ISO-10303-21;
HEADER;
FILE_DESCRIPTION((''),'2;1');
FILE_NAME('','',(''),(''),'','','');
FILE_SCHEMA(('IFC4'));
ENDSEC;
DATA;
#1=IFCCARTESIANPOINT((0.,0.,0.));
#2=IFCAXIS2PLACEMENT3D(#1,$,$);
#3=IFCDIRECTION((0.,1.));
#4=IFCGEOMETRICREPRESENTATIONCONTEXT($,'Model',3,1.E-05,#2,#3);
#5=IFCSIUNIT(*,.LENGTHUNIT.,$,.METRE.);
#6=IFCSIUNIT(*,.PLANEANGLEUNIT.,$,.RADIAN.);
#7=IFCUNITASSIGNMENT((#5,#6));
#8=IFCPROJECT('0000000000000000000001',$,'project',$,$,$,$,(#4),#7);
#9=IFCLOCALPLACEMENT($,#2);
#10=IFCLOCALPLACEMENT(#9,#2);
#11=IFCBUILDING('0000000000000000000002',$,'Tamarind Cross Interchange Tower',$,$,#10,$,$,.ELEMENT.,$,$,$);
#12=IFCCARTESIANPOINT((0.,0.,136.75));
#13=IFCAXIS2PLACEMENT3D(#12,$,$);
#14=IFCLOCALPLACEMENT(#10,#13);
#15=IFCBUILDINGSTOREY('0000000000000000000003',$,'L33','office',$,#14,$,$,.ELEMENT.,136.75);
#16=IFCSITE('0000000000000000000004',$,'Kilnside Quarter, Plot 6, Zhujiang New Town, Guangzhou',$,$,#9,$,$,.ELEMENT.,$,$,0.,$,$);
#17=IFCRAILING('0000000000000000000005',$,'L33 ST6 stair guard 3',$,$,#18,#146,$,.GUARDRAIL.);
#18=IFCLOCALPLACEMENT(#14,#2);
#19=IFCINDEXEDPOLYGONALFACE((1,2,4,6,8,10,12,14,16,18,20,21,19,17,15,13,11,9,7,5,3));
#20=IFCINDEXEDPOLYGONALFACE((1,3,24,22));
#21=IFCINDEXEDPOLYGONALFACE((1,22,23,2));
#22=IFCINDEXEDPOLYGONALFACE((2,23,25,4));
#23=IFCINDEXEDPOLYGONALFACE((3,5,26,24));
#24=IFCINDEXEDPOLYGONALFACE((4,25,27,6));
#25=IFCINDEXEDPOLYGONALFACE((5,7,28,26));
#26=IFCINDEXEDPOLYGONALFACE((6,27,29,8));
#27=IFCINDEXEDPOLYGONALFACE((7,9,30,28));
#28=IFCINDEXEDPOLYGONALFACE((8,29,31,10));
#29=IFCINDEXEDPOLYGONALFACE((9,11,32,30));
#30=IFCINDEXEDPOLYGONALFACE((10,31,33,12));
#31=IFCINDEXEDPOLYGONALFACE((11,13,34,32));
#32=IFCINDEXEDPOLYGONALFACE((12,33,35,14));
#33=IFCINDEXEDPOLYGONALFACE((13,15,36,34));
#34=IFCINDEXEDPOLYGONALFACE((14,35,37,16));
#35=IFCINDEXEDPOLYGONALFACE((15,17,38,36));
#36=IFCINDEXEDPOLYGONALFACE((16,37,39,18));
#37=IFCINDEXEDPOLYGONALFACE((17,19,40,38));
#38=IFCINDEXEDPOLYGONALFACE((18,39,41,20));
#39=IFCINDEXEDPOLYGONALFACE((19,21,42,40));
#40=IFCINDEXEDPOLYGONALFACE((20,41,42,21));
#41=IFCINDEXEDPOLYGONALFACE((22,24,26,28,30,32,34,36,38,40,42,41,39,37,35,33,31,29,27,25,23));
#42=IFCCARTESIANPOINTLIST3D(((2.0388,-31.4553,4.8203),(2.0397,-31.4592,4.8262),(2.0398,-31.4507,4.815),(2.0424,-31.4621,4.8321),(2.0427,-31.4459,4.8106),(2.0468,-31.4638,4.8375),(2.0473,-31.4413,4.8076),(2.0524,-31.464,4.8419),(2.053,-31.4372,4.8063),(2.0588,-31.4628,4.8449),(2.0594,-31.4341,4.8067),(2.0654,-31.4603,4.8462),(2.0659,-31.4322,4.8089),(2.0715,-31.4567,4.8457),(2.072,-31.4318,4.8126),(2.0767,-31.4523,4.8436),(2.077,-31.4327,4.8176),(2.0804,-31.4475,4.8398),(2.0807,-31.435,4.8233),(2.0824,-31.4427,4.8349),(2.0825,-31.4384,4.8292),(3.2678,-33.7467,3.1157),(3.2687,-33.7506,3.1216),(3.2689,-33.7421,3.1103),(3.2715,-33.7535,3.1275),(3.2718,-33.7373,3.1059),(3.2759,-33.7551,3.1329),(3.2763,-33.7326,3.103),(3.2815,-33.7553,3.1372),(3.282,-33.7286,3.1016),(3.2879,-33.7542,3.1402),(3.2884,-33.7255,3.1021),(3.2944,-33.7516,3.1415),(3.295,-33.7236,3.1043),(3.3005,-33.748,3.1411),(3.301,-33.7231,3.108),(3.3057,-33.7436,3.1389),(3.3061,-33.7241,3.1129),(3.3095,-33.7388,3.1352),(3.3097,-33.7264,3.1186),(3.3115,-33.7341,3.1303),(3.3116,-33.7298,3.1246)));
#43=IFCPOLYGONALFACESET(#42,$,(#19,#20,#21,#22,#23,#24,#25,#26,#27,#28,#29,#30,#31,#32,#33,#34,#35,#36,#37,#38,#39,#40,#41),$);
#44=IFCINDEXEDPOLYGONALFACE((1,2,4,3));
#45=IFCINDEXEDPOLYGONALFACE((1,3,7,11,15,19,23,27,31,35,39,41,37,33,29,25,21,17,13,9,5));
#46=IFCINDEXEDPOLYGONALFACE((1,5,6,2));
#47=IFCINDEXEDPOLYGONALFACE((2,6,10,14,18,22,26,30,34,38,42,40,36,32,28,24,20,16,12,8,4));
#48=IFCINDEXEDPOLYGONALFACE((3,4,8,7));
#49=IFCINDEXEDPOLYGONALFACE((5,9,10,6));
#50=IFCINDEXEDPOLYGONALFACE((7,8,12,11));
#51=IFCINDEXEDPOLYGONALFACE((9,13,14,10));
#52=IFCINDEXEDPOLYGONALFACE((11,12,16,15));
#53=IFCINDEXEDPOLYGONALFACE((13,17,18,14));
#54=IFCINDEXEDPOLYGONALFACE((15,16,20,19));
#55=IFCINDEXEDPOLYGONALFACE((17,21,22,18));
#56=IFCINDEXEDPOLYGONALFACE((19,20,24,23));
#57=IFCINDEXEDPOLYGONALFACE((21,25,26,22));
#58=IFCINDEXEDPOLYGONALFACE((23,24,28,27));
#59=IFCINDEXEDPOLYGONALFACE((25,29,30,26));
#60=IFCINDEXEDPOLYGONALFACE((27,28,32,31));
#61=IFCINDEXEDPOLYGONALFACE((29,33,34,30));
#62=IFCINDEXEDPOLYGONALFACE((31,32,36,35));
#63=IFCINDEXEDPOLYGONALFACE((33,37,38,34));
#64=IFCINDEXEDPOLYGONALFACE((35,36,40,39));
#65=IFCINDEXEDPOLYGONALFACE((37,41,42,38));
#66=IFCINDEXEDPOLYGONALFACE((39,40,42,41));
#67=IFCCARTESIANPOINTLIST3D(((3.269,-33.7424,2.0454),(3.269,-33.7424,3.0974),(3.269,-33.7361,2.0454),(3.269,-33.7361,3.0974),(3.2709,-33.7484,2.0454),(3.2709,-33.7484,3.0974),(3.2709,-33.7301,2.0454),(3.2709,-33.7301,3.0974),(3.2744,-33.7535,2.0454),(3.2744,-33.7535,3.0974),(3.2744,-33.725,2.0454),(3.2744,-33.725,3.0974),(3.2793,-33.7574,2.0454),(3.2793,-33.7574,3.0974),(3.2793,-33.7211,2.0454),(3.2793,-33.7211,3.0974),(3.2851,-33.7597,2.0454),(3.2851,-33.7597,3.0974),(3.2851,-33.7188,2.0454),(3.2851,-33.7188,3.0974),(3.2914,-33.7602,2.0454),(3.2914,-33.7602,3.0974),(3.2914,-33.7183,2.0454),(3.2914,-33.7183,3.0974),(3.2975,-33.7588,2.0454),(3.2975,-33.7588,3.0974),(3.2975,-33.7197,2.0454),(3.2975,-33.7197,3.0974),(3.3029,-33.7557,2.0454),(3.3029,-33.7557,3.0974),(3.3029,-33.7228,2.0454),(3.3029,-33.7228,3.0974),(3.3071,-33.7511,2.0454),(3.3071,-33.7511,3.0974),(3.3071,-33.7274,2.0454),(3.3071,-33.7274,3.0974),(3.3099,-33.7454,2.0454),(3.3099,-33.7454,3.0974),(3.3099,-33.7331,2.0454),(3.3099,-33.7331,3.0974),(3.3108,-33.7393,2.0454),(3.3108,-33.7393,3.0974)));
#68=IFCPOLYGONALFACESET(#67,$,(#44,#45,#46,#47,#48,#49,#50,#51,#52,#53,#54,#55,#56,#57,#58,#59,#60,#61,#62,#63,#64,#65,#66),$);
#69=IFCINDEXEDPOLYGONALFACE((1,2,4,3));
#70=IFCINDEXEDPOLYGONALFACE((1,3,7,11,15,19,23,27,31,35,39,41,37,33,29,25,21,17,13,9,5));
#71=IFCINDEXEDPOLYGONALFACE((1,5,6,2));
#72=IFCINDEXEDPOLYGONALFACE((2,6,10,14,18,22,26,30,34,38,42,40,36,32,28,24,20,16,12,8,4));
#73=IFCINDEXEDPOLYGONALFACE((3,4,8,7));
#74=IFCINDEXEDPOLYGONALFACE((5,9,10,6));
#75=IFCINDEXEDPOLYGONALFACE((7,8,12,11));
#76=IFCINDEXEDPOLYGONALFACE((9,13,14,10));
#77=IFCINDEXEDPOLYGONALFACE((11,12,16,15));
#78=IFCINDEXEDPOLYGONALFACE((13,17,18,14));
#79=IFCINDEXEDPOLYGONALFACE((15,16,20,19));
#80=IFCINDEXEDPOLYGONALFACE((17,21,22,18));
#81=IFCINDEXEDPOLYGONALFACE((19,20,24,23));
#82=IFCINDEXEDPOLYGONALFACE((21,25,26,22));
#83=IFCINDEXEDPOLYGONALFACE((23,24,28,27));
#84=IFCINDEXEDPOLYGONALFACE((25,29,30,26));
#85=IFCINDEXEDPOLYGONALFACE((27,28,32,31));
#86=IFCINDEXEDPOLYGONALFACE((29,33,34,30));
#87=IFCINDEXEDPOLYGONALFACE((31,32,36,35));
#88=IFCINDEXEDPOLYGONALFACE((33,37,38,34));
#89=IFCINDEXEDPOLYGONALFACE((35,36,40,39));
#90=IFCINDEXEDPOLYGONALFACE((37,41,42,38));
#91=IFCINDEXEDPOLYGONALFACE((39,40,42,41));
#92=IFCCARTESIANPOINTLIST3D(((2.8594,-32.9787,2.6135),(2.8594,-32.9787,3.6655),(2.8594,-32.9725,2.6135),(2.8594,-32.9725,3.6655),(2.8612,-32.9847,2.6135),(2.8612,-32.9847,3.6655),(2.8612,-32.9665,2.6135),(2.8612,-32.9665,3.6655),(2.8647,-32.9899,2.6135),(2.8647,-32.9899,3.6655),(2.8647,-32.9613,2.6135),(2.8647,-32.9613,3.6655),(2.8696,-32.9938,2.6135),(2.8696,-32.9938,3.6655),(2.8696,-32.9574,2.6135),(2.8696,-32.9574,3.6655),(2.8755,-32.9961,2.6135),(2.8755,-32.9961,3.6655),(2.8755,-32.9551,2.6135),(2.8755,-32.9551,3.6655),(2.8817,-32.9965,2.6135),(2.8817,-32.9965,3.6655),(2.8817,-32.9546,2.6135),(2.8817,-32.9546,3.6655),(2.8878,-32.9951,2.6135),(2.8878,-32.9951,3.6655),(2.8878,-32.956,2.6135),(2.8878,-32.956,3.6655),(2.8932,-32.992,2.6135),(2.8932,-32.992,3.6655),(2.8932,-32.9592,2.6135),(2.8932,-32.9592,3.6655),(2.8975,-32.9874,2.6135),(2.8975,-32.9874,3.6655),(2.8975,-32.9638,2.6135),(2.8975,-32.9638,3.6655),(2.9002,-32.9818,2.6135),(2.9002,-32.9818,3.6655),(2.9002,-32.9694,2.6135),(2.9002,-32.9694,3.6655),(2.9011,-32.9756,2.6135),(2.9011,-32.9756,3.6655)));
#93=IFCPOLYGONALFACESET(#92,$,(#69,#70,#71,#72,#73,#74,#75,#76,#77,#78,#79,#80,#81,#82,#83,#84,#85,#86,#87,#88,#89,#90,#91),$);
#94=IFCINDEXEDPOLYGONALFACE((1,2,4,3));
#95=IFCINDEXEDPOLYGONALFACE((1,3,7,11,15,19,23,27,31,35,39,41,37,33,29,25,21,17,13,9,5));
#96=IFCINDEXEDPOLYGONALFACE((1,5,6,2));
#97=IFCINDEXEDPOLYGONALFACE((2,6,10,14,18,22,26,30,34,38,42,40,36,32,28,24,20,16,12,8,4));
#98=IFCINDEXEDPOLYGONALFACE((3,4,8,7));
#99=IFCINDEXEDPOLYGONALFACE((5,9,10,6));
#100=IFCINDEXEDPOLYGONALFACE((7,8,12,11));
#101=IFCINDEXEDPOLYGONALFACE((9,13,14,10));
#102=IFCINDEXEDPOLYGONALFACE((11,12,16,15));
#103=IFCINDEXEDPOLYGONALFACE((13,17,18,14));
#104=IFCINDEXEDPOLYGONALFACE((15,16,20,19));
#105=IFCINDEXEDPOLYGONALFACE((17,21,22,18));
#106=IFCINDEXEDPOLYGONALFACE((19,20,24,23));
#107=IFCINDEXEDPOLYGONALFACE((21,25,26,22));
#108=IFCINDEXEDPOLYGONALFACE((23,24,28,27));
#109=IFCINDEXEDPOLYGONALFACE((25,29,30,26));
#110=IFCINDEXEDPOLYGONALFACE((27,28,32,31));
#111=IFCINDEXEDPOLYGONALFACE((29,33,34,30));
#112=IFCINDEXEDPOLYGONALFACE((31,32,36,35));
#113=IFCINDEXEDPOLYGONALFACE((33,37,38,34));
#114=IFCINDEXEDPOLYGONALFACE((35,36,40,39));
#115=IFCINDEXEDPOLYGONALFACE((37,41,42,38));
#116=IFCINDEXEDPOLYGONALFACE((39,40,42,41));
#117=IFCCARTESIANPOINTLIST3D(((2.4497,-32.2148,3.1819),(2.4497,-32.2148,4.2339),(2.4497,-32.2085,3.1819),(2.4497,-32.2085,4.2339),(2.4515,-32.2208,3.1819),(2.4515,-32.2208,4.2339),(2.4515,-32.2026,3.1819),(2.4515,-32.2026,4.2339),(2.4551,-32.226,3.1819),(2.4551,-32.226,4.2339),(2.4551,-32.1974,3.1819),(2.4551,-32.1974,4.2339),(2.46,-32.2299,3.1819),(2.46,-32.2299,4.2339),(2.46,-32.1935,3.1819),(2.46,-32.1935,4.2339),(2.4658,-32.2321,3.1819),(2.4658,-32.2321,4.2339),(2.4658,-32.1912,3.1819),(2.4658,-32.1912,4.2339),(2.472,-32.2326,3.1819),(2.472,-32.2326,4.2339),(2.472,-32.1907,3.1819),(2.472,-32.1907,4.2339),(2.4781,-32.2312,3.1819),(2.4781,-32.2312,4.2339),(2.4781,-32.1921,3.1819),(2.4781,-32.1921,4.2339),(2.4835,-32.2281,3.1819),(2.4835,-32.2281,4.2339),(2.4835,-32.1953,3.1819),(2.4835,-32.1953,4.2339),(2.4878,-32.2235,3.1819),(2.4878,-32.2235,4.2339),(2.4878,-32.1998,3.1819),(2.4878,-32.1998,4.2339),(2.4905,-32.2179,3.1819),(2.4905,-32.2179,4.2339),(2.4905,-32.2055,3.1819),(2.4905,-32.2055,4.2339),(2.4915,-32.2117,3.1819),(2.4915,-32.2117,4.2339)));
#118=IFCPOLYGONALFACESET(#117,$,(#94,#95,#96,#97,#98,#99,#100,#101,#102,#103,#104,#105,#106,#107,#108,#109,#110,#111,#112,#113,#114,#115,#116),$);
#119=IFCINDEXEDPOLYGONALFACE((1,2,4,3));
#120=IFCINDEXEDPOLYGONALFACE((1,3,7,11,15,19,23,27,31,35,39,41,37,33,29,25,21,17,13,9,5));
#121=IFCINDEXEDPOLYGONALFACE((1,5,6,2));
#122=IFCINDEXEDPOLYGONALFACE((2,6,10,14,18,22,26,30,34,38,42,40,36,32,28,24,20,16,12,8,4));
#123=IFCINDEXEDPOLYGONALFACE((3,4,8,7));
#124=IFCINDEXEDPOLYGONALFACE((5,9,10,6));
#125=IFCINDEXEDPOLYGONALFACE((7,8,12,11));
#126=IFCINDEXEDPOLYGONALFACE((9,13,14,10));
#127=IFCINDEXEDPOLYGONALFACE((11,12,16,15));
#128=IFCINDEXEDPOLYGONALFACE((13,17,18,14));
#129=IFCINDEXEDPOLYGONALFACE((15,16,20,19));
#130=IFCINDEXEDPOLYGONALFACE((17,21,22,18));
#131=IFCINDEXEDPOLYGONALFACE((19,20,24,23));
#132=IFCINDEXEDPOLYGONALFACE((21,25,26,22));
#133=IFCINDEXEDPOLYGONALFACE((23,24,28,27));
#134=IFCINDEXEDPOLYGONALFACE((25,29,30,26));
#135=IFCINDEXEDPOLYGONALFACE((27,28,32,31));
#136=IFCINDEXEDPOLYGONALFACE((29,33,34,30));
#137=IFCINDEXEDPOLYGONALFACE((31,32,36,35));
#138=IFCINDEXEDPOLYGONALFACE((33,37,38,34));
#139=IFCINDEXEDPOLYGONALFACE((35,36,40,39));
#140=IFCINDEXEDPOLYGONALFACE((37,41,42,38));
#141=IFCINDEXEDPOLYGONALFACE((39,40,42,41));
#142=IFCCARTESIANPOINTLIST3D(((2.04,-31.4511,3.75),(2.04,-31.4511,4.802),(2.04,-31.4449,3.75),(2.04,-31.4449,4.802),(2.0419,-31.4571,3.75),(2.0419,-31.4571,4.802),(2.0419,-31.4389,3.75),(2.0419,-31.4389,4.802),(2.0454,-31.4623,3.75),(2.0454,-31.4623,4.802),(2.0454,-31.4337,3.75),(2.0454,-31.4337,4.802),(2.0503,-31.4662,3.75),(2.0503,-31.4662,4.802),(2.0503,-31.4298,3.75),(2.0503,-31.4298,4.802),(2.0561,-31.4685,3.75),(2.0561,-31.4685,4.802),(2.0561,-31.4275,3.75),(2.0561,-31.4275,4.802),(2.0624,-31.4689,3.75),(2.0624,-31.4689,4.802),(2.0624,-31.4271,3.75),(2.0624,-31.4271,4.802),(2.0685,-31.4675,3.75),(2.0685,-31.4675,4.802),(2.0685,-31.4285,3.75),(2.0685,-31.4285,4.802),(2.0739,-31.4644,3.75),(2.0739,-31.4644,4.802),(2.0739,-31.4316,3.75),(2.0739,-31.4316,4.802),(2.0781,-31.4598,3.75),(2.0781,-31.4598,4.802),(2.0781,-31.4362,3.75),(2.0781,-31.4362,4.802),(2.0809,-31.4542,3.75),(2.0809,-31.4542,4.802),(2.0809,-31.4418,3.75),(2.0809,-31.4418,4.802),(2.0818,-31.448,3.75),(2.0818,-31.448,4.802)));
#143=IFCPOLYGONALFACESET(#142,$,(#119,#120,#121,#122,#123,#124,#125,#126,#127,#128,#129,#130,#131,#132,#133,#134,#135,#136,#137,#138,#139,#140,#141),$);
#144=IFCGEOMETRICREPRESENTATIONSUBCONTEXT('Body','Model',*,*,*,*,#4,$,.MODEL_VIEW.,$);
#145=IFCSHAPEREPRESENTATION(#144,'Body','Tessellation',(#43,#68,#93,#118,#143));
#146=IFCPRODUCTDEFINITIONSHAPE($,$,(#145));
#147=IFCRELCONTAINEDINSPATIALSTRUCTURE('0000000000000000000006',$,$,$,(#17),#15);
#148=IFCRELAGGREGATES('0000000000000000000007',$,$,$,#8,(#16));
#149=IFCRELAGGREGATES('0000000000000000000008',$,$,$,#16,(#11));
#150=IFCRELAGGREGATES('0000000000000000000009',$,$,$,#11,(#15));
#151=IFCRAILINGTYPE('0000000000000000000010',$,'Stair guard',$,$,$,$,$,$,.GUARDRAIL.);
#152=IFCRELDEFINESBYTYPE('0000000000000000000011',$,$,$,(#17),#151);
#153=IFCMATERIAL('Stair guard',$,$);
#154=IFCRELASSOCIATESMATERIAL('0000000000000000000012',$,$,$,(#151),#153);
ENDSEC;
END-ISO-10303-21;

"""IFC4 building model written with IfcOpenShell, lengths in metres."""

from ifc_helpers import new_model, si_unit, direction, frame, origin, origin_2d, place, context, subcontext, project, spatial, circle, extrude, material, type_object, element, save


model = new_model("IFC4")

# Units and contexts
model_context = context("Model", 3, precision=1e-05, world=origin(), true_north=direction((0.0, 1.0)))
body_context = subcontext(model_context, "Body", "Model", "MODEL_VIEW")
ifc_project = project(units=[si_unit("LENGTHUNIT", "METRE"), si_unit("PLANEANGLEUNIT", "RADIAN")], contexts=[model_context])

# Site, building, storey
site_placement = place(None, origin())
site = spatial("IfcSite", under=ifc_project, at=site_placement, Name="Kilnside Quarter, Plot 6, Zhujiang New Town, Guangzhou", CompositionType="ELEMENT", RefElevation=0.0)
building_placement = place(site_placement, origin())
building = spatial("IfcBuilding", under=site, at=building_placement, Name="Tamarind Cross Interchange Tower", CompositionType="ELEMENT")
storey_placement = place(building_placement, frame((0.0, 0.0, 136.75)))
storey = spatial("IfcBuildingStorey", under=building, at=storey_placement, Name="L33", Description="office", CompositionType="ELEMENT", Elevation=136.75)

# Railing
ifc_material_1 = material(Name="Stair guard")
railing_type_1 = type_object("IfcRailingType", Name="Stair guard", PredefinedType="GUARDRAIL", material=ifc_material_1)
railing_1_placement = place(storey_placement, frame((3.2898, -33.7393, 2.0454)))
element("IfcRailing", 1, at=railing_1_placement, inside=storey, type_object=railing_type_1, Name="L33 ST6 stair guard 3", PredefinedType="GUARDRAIL", context=body_context, shape_type="SweptSolid", body=[
    extrude(circle(Radius=0.0239, at=origin_2d()), frame((0.0, 0.0, 1.0762), z_axis=(-0.395304, 0.736974, 0.548274), x_axis=(-0.881233, -0.472683, 0.0)), (0.0, 0.0, 1.0), 3.1091),
    extrude(circle(Radius=0.021, at=origin_2d()), origin(), (0.0, 0.0, 1.0), 1.052),
    extrude(circle(Radius=0.021, at=origin_2d()), frame((-0.4097, 0.7637, 0.5681)), (0.0, 0.0, 1.0), 1.052),
    extrude(circle(Radius=0.021, at=origin_2d()), frame((-0.8193, 1.5276, 1.1365)), (0.0, 0.0, 1.0), 1.052),
    extrude(circle(Radius=0.021, at=origin_2d()), frame((-1.229, 2.2913, 1.7046)), (0.0, 0.0, 1.0), 1.052),
])

save(model, "model.ifc")
